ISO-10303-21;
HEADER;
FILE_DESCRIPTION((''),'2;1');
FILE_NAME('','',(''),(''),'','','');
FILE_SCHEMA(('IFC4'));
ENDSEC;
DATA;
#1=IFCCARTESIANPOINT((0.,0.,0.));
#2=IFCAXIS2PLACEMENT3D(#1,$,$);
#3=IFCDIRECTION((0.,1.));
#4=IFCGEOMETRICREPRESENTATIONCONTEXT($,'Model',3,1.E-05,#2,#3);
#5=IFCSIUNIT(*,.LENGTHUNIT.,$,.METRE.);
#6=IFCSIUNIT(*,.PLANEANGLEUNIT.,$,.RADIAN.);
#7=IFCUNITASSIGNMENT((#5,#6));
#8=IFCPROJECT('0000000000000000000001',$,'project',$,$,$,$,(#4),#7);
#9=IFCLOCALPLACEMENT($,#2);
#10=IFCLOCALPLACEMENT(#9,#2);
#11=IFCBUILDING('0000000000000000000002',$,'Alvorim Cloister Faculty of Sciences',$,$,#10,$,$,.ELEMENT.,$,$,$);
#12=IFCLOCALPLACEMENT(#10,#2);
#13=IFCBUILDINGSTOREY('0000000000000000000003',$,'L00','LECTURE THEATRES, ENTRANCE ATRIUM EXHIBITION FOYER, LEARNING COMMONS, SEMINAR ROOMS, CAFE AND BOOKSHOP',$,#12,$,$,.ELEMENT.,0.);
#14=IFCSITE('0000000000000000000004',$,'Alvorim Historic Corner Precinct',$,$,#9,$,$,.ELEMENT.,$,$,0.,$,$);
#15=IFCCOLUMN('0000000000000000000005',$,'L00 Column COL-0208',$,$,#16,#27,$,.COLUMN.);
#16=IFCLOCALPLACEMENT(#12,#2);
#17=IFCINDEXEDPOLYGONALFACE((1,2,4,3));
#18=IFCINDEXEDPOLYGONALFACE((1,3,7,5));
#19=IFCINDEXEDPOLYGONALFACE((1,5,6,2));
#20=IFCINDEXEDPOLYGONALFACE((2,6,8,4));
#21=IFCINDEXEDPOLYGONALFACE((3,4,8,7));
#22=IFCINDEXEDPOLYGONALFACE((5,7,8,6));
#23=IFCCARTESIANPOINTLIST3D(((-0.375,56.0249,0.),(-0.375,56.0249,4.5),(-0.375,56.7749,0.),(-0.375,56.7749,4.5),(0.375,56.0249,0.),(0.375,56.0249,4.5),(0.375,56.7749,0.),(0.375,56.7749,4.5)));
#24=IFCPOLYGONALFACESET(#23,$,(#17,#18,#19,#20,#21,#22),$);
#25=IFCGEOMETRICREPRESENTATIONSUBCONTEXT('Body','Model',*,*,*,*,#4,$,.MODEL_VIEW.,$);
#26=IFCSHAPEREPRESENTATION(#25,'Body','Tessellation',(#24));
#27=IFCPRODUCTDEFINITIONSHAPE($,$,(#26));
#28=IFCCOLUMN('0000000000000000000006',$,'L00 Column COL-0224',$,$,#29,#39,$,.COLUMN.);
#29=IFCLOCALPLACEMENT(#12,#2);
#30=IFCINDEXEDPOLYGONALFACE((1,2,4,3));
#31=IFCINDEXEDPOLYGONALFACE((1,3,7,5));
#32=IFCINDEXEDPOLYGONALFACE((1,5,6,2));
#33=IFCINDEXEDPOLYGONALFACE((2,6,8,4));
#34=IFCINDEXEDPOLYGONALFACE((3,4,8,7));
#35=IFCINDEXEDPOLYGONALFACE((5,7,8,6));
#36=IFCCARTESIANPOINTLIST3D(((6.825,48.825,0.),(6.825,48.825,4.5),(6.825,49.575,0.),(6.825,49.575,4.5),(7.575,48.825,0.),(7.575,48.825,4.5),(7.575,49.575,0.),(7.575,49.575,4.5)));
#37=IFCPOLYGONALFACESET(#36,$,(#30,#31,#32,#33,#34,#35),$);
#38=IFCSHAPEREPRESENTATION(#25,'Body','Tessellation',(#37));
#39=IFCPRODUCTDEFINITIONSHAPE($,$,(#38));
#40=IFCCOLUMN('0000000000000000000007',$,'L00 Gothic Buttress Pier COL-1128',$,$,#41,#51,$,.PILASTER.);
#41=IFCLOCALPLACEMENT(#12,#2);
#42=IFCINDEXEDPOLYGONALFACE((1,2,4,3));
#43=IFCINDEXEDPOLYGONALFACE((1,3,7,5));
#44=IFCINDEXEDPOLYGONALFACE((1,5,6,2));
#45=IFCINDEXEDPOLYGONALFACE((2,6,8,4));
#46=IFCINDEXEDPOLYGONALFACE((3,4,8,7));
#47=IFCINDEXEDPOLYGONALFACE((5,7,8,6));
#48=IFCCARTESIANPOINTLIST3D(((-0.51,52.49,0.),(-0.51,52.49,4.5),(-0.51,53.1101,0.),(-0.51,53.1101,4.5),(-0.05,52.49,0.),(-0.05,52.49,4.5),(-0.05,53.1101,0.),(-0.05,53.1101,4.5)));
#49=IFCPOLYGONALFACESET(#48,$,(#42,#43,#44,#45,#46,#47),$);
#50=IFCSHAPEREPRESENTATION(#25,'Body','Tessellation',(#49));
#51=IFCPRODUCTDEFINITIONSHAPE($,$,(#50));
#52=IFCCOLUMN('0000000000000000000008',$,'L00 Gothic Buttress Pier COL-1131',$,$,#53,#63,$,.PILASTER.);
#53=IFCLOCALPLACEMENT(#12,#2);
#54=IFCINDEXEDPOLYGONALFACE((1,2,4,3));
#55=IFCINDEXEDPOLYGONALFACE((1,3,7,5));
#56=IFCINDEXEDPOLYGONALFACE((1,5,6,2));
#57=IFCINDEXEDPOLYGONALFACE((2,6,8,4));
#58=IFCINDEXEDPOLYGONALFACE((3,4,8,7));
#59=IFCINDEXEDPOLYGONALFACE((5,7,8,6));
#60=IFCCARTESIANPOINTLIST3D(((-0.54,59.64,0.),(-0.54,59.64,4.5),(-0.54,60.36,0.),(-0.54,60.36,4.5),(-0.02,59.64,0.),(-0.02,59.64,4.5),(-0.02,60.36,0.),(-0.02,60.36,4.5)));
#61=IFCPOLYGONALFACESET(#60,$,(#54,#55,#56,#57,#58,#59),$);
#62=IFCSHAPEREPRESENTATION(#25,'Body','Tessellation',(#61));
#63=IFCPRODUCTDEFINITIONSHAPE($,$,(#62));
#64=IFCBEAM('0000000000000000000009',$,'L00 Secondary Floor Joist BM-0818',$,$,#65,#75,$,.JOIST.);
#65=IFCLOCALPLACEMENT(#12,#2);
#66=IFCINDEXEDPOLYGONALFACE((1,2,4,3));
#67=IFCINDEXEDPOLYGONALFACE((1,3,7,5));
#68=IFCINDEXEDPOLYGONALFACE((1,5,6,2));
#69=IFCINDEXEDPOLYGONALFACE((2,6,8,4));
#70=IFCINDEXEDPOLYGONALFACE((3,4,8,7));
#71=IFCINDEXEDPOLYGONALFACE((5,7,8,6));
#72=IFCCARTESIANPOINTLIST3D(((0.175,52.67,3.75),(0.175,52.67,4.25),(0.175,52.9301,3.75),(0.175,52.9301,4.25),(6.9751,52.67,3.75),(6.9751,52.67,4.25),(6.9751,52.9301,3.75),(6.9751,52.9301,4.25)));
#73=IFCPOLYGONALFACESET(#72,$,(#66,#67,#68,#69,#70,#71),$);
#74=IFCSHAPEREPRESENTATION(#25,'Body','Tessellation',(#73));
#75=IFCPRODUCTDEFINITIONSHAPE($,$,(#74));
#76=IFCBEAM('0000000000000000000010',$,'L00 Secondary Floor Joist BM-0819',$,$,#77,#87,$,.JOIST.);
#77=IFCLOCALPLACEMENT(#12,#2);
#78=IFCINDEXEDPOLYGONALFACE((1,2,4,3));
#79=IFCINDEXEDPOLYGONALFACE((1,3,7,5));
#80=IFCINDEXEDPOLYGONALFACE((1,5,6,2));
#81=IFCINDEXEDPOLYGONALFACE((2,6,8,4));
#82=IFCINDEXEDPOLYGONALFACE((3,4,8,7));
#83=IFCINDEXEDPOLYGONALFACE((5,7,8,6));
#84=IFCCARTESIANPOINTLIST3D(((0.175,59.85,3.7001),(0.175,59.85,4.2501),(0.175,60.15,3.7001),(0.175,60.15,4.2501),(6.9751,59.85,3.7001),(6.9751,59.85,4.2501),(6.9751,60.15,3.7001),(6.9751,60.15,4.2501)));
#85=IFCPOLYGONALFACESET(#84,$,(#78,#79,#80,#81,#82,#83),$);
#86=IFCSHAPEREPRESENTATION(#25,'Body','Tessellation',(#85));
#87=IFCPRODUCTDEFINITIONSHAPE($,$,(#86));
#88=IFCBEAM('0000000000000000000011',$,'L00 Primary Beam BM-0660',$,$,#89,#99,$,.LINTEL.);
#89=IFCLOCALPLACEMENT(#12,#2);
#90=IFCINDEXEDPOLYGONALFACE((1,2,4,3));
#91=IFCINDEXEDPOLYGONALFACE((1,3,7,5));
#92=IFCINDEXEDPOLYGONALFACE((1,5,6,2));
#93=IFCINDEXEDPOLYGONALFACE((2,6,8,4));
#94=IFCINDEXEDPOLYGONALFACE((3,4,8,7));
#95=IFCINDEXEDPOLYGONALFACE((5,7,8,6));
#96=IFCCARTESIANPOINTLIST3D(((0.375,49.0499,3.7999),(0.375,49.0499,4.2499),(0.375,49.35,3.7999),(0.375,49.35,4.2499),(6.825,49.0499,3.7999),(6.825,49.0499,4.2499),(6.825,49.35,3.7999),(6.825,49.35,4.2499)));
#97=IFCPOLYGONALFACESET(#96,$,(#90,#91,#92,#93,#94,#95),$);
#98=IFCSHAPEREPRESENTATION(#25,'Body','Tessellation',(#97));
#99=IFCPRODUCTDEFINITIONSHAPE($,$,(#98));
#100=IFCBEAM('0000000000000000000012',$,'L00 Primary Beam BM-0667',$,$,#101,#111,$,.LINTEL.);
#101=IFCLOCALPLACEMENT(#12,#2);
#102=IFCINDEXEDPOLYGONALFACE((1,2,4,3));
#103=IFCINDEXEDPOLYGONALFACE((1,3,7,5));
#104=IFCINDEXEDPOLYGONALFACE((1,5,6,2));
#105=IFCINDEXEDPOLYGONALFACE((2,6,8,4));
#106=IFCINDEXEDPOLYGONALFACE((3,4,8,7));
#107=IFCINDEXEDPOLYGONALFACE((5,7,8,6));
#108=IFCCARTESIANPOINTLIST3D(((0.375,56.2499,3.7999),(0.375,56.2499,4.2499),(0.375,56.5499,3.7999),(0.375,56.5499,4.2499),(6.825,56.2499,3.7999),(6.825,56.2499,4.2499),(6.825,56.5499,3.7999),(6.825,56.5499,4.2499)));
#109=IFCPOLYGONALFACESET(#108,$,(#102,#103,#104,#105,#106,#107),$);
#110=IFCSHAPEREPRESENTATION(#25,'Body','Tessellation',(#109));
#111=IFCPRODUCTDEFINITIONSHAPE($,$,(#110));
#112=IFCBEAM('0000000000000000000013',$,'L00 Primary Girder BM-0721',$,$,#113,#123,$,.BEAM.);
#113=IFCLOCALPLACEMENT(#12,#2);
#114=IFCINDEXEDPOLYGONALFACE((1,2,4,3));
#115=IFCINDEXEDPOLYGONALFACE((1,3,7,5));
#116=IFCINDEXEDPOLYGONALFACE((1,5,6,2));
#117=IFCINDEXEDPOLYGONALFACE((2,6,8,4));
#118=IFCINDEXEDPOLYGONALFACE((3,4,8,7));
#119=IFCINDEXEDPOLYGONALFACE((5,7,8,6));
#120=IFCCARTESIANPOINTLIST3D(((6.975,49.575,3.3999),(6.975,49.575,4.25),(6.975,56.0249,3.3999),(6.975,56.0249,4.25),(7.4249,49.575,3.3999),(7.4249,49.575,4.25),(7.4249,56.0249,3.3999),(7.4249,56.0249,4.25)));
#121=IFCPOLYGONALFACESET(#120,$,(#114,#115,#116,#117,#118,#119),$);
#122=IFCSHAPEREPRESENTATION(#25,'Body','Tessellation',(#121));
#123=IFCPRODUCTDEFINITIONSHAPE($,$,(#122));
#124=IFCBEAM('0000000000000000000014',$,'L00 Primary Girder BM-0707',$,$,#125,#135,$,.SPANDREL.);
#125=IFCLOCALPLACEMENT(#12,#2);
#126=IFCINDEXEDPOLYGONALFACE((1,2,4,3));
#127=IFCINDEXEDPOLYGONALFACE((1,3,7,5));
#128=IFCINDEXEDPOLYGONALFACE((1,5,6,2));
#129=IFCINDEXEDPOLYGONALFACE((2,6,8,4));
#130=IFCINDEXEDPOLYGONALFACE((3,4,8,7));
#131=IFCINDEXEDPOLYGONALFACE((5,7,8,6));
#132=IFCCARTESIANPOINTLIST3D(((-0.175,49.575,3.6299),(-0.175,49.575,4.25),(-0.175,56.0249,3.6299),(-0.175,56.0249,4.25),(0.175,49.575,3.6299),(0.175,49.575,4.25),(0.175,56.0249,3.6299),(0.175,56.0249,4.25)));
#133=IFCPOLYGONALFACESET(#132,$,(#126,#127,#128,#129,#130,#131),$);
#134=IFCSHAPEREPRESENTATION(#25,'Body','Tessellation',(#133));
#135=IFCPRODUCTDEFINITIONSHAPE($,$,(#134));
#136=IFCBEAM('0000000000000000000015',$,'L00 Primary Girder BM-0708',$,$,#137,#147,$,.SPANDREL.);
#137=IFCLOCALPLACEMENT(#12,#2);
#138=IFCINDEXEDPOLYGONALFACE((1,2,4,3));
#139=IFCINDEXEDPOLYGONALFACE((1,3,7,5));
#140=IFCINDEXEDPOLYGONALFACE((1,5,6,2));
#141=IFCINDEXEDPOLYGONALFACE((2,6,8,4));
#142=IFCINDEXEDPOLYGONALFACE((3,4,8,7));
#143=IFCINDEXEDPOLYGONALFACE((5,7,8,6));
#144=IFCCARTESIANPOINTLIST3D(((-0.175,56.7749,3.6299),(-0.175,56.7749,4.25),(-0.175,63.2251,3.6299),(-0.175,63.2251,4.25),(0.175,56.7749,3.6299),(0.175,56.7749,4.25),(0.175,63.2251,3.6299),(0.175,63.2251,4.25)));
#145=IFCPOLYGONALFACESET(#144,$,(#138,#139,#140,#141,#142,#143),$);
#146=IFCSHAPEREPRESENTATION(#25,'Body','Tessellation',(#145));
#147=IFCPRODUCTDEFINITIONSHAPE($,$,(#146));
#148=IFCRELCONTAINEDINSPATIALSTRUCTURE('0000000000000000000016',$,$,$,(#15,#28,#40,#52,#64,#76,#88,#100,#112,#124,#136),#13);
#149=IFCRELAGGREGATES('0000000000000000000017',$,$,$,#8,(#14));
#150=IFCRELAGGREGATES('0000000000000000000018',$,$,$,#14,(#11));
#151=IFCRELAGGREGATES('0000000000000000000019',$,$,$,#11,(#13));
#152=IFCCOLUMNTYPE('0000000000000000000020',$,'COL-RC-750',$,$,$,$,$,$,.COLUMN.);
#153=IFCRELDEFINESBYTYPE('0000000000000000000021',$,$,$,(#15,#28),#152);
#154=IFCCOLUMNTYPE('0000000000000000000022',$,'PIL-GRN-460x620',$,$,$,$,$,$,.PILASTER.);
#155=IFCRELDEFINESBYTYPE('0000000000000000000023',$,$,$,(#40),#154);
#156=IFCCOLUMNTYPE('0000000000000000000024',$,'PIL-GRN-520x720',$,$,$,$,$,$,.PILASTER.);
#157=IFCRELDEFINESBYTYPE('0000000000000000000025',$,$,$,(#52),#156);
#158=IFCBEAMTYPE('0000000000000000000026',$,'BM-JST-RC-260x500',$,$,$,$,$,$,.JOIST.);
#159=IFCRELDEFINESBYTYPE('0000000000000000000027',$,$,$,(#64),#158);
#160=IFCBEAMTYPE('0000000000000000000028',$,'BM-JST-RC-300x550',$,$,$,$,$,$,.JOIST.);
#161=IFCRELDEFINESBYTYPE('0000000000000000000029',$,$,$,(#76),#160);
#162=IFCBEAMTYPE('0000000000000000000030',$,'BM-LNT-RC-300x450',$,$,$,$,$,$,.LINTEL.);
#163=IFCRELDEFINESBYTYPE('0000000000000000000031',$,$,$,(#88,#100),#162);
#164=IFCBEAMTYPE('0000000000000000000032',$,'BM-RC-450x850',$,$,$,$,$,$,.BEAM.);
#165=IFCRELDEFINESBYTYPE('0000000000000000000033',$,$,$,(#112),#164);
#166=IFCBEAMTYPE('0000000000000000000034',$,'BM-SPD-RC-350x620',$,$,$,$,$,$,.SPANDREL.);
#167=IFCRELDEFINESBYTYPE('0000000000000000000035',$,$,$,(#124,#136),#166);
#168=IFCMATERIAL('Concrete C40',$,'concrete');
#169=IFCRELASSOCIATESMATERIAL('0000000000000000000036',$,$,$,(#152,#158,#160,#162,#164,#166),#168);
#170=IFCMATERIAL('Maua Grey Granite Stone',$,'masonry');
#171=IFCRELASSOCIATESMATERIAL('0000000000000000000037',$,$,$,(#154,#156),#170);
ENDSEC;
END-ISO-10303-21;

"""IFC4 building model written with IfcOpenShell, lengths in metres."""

from ifc_helpers import new_model, si_unit, direction, frame, origin, origin_2d, place, context, subcontext, project, spatial, rectangle, extrude, material, material_profile, profile_set, type_object, element, save


model = new_model("IFC4")

# Units and contexts
model_context = context("Model", 3, precision=1e-05, world=origin(), true_north=direction((0.0, 1.0)))
body_context = subcontext(model_context, "Body", "Model", "MODEL_VIEW")
ifc_project = project(units=[si_unit("LENGTHUNIT", "METRE"), si_unit("PLANEANGLEUNIT", "RADIAN")], contexts=[model_context])

# Site, building, storey
site_placement = place(None, origin())
site = spatial("IfcSite", under=ifc_project, at=site_placement, Name="Alvorim Historic Corner Precinct", CompositionType="ELEMENT", RefElevation=0.0)
building_placement = place(site_placement, origin())
building = spatial("IfcBuilding", under=site, at=building_placement, Name="Alvorim Cloister Faculty of Sciences", CompositionType="ELEMENT")
storey_placement = place(building_placement, origin())
storey = spatial("IfcBuildingStorey", under=building, at=storey_placement, Name="L00", Description="LECTURE THEATRES, ENTRANCE ATRIUM EXHIBITION FOYER, LEARNING COMMONS, SEMINAR ROOMS, CAFE AND BOOKSHOP", CompositionType="ELEMENT", Elevation=0.0)

# Columns
ifc_material_1 = material(Name="Concrete C40", Category="concrete")
ifc_material_profile_1 = material_profile(ifc_material_1, rectangle(XDim=0.75, YDim=0.75, at=origin_2d()), Name="RC40-COL-750x750")
ifc_profile_set_1 = profile_set([ifc_material_profile_1], Name="Concrete C40")
column_type_1 = type_object("IfcColumnType", Name="COL-RC-750", PredefinedType="COLUMN", material=ifc_profile_set_1)
for number, where, z_axis, x_axis, name in (
    (1, (0.0, 56.3999, 0.0), (0.0, 0.0, 1.0), (1.0, 0.0, 0.0), "L00 Column COL-0208"),
    (2, (7.2, 49.2, 0.0), (0.0, 0.0, 1.0), (1.0, 0.0, 0.0), "L00 Column COL-0224"),
):
    element("IfcColumn", number, at=place(storey_placement, frame(where, z_axis=z_axis, x_axis=x_axis)), inside=storey, type_object=column_type_1, Name=name, PredefinedType="COLUMN", context=body_context, shape_type="SweptSolid", body=[
        extrude(rectangle(XDim=0.75, YDim=0.75, at=origin_2d()), origin(), (0.0, 0.0, 1.0), 4.5),
    ])
ifc_material_2 = material(Name="Maua Grey Granite Stone", Category="masonry")
ifc_material_profile_2 = material_profile(ifc_material_2, rectangle(XDim=0.46, YDim=0.6201, at=origin_2d()), Name="GRN-PIER-460x620")
ifc_profile_set_2 = profile_set([ifc_material_profile_2], Name="Maua Grey Granite Stone")
column_type_2 = type_object("IfcColumnType", Name="PIL-GRN-460x620", PredefinedType="PILASTER", material=ifc_profile_set_2)
column_1_placement = place(storey_placement, frame((-0.28, 52.8, 0.0), z_axis=(0.0, 0.0, 1.0), x_axis=(1.0, 0.0, 0.0)))
element("IfcColumn", 3, at=column_1_placement, inside=storey, type_object=column_type_2, Name="L00 Gothic Buttress Pier COL-1128", PredefinedType="PILASTER", context=body_context, shape_type="SweptSolid", body=[
    extrude(rectangle(XDim=0.46, YDim=0.6201, at=origin_2d()), origin(), (0.0, 0.0, 1.0), 4.5),
])
ifc_material_profile_3 = material_profile(ifc_material_2, rectangle(XDim=0.52, YDim=0.72, at=origin_2d()), Name="GRN-PIER-520x720")
ifc_profile_set_3 = profile_set([ifc_material_profile_3], Name="Maua Grey Granite Stone")
column_type_3 = type_object("IfcColumnType", Name="PIL-GRN-520x720", PredefinedType="PILASTER", material=ifc_profile_set_3)
column_2_placement = place(storey_placement, frame((-0.28, 60.0, 0.0), z_axis=(0.0, 0.0, 1.0), x_axis=(1.0, 0.0, 0.0)))
element("IfcColumn", 4, at=column_2_placement, inside=storey, type_object=column_type_3, Name="L00 Gothic Buttress Pier COL-1131", PredefinedType="PILASTER", context=body_context, shape_type="SweptSolid", body=[
    extrude(rectangle(XDim=0.52, YDim=0.72, at=origin_2d()), origin(), (0.0, 0.0, 1.0), 4.5),
])

# Beams
ifc_material_profile_4 = material_profile(ifc_material_1, rectangle(XDim=0.26, YDim=0.5, at=origin_2d()), Name="RC40-JST-260x500")
ifc_profile_set_4 = profile_set([ifc_material_profile_4], Name="Concrete C40")
beam_type_1 = type_object("IfcBeamType", Name="BM-JST-RC-260x500", PredefinedType="JOIST", material=ifc_profile_set_4)
beam_1_placement = place(storey_placement, frame((0.175, 52.8, 4.0), z_axis=(1.0, 0.0, 0.0), x_axis=(0.0, 1.0, 0.0)))
element("IfcBeam", 5, at=beam_1_placement, inside=storey, type_object=beam_type_1, Name="L00 Secondary Floor Joist BM-0818", PredefinedType="JOIST", context=body_context, shape_type="SweptSolid", body=[
    extrude(rectangle(XDim=0.26, YDim=0.5, at=origin_2d()), origin(), (0.0, 0.0, 1.0), 6.8),
])
ifc_material_profile_5 = material_profile(ifc_material_1, rectangle(XDim=0.3, YDim=0.55, at=origin_2d()), Name="RC40-JST-300x550")
ifc_profile_set_5 = profile_set([ifc_material_profile_5], Name="Concrete C40")
beam_type_2 = type_object("IfcBeamType", Name="BM-JST-RC-300x550", PredefinedType="JOIST", material=ifc_profile_set_5)
beam_2_placement = place(storey_placement, frame((0.175, 60.0, 3.9751), z_axis=(1.0, 0.0, 0.0), x_axis=(0.0, 1.0, 0.0)))
element("IfcBeam", 6, at=beam_2_placement, inside=storey, type_object=beam_type_2, Name="L00 Secondary Floor Joist BM-0819", PredefinedType="JOIST", context=body_context, shape_type="SweptSolid", body=[
    extrude(rectangle(XDim=0.3, YDim=0.55, at=origin_2d()), origin(), (0.0, 0.0, 1.0), 6.8),
])
ifc_material_profile_6 = material_profile(ifc_material_1, rectangle(XDim=0.3, YDim=0.45, at=origin_2d()), Name="RC40-LNT-300x450")
ifc_profile_set_6 = profile_set([ifc_material_profile_6], Name="Concrete C40")
beam_type_3 = type_object("IfcBeamType", Name="BM-LNT-RC-300x450", PredefinedType="LINTEL", material=ifc_profile_set_6)
for number, where, z_axis, x_axis, name in (
    (7, (0.375, 49.2, 4.0249), (1.0, 0.0, 0.0), (0.0, 1.0, 0.0), "L00 Primary Beam BM-0660"),
    (8, (0.375, 56.3999, 4.0249), (1.0, 0.0, 0.0), (0.0, 1.0, 0.0), "L00 Primary Beam BM-0667"),
):
    element("IfcBeam", number, at=place(storey_placement, frame(where, z_axis=z_axis, x_axis=x_axis)), inside=storey, type_object=beam_type_3, Name=name, PredefinedType="LINTEL", context=body_context, shape_type="SweptSolid", body=[
        extrude(rectangle(XDim=0.3, YDim=0.45, at=origin_2d()), origin(), (0.0, 0.0, 1.0), 6.45),
    ])
ifc_material_profile_7 = material_profile(ifc_material_1, rectangle(XDim=0.45, YDim=0.8501, at=origin_2d()), Name="RC40-BM-450x850")
ifc_profile_set_7 = profile_set([ifc_material_profile_7], Name="Concrete C40")
beam_type_4 = type_object("IfcBeamType", Name="BM-RC-450x850", PredefinedType="BEAM", material=ifc_profile_set_7)
beam_3_placement = place(storey_placement, frame((7.2, 49.575, 3.825), z_axis=(0.0, 1.0, 0.0), x_axis=(-1.0, 0.0, 0.0)))
element("IfcBeam", 9, at=beam_3_placement, inside=storey, type_object=beam_type_4, Name="L00 Primary Girder BM-0721", PredefinedType="BEAM", context=body_context, shape_type="SweptSolid", body=[
    extrude(rectangle(XDim=0.45, YDim=0.8501, at=origin_2d()), origin(), (0.0, 0.0, 1.0), 6.45),
])
ifc_material_profile_8 = material_profile(ifc_material_1, rectangle(XDim=0.3501, YDim=0.6201, at=origin_2d()), Name="RC40-SPD-350x620")
ifc_profile_set_8 = profile_set([ifc_material_profile_8], Name="Concrete C40")
beam_type_5 = type_object("IfcBeamType", Name="BM-SPD-RC-350x620", PredefinedType="SPANDREL", material=ifc_profile_set_8)
beam_4_placement = place(storey_placement, frame((0.0, 49.575, 3.9399), z_axis=(0.0, 1.0, 0.0), x_axis=(-1.0, 0.0, 0.0)))
element("IfcBeam", 10, at=beam_4_placement, inside=storey, type_object=beam_type_5, Name="L00 Primary Girder BM-0707", PredefinedType="SPANDREL", context=body_context, shape_type="SweptSolid", body=[
    extrude(rectangle(XDim=0.3501, YDim=0.6201, at=origin_2d()), origin(), (0.0, 0.0, 1.0), 6.45),
])
beam_5_placement = place(storey_placement, frame((0.0, 56.7749, 3.9399), z_axis=(0.0, 1.0, 0.0), x_axis=(-1.0, 0.0, 0.0)))
element("IfcBeam", 11, at=beam_5_placement, inside=storey, type_object=beam_type_5, Name="L00 Primary Girder BM-0708", PredefinedType="SPANDREL", context=body_context, shape_type="SweptSolid", body=[
    extrude(rectangle(XDim=0.3501, YDim=0.6201, at=origin_2d()), origin(), (0.0, 0.0, 1.0), 6.4502),
])

save(model, "model.ifc")
